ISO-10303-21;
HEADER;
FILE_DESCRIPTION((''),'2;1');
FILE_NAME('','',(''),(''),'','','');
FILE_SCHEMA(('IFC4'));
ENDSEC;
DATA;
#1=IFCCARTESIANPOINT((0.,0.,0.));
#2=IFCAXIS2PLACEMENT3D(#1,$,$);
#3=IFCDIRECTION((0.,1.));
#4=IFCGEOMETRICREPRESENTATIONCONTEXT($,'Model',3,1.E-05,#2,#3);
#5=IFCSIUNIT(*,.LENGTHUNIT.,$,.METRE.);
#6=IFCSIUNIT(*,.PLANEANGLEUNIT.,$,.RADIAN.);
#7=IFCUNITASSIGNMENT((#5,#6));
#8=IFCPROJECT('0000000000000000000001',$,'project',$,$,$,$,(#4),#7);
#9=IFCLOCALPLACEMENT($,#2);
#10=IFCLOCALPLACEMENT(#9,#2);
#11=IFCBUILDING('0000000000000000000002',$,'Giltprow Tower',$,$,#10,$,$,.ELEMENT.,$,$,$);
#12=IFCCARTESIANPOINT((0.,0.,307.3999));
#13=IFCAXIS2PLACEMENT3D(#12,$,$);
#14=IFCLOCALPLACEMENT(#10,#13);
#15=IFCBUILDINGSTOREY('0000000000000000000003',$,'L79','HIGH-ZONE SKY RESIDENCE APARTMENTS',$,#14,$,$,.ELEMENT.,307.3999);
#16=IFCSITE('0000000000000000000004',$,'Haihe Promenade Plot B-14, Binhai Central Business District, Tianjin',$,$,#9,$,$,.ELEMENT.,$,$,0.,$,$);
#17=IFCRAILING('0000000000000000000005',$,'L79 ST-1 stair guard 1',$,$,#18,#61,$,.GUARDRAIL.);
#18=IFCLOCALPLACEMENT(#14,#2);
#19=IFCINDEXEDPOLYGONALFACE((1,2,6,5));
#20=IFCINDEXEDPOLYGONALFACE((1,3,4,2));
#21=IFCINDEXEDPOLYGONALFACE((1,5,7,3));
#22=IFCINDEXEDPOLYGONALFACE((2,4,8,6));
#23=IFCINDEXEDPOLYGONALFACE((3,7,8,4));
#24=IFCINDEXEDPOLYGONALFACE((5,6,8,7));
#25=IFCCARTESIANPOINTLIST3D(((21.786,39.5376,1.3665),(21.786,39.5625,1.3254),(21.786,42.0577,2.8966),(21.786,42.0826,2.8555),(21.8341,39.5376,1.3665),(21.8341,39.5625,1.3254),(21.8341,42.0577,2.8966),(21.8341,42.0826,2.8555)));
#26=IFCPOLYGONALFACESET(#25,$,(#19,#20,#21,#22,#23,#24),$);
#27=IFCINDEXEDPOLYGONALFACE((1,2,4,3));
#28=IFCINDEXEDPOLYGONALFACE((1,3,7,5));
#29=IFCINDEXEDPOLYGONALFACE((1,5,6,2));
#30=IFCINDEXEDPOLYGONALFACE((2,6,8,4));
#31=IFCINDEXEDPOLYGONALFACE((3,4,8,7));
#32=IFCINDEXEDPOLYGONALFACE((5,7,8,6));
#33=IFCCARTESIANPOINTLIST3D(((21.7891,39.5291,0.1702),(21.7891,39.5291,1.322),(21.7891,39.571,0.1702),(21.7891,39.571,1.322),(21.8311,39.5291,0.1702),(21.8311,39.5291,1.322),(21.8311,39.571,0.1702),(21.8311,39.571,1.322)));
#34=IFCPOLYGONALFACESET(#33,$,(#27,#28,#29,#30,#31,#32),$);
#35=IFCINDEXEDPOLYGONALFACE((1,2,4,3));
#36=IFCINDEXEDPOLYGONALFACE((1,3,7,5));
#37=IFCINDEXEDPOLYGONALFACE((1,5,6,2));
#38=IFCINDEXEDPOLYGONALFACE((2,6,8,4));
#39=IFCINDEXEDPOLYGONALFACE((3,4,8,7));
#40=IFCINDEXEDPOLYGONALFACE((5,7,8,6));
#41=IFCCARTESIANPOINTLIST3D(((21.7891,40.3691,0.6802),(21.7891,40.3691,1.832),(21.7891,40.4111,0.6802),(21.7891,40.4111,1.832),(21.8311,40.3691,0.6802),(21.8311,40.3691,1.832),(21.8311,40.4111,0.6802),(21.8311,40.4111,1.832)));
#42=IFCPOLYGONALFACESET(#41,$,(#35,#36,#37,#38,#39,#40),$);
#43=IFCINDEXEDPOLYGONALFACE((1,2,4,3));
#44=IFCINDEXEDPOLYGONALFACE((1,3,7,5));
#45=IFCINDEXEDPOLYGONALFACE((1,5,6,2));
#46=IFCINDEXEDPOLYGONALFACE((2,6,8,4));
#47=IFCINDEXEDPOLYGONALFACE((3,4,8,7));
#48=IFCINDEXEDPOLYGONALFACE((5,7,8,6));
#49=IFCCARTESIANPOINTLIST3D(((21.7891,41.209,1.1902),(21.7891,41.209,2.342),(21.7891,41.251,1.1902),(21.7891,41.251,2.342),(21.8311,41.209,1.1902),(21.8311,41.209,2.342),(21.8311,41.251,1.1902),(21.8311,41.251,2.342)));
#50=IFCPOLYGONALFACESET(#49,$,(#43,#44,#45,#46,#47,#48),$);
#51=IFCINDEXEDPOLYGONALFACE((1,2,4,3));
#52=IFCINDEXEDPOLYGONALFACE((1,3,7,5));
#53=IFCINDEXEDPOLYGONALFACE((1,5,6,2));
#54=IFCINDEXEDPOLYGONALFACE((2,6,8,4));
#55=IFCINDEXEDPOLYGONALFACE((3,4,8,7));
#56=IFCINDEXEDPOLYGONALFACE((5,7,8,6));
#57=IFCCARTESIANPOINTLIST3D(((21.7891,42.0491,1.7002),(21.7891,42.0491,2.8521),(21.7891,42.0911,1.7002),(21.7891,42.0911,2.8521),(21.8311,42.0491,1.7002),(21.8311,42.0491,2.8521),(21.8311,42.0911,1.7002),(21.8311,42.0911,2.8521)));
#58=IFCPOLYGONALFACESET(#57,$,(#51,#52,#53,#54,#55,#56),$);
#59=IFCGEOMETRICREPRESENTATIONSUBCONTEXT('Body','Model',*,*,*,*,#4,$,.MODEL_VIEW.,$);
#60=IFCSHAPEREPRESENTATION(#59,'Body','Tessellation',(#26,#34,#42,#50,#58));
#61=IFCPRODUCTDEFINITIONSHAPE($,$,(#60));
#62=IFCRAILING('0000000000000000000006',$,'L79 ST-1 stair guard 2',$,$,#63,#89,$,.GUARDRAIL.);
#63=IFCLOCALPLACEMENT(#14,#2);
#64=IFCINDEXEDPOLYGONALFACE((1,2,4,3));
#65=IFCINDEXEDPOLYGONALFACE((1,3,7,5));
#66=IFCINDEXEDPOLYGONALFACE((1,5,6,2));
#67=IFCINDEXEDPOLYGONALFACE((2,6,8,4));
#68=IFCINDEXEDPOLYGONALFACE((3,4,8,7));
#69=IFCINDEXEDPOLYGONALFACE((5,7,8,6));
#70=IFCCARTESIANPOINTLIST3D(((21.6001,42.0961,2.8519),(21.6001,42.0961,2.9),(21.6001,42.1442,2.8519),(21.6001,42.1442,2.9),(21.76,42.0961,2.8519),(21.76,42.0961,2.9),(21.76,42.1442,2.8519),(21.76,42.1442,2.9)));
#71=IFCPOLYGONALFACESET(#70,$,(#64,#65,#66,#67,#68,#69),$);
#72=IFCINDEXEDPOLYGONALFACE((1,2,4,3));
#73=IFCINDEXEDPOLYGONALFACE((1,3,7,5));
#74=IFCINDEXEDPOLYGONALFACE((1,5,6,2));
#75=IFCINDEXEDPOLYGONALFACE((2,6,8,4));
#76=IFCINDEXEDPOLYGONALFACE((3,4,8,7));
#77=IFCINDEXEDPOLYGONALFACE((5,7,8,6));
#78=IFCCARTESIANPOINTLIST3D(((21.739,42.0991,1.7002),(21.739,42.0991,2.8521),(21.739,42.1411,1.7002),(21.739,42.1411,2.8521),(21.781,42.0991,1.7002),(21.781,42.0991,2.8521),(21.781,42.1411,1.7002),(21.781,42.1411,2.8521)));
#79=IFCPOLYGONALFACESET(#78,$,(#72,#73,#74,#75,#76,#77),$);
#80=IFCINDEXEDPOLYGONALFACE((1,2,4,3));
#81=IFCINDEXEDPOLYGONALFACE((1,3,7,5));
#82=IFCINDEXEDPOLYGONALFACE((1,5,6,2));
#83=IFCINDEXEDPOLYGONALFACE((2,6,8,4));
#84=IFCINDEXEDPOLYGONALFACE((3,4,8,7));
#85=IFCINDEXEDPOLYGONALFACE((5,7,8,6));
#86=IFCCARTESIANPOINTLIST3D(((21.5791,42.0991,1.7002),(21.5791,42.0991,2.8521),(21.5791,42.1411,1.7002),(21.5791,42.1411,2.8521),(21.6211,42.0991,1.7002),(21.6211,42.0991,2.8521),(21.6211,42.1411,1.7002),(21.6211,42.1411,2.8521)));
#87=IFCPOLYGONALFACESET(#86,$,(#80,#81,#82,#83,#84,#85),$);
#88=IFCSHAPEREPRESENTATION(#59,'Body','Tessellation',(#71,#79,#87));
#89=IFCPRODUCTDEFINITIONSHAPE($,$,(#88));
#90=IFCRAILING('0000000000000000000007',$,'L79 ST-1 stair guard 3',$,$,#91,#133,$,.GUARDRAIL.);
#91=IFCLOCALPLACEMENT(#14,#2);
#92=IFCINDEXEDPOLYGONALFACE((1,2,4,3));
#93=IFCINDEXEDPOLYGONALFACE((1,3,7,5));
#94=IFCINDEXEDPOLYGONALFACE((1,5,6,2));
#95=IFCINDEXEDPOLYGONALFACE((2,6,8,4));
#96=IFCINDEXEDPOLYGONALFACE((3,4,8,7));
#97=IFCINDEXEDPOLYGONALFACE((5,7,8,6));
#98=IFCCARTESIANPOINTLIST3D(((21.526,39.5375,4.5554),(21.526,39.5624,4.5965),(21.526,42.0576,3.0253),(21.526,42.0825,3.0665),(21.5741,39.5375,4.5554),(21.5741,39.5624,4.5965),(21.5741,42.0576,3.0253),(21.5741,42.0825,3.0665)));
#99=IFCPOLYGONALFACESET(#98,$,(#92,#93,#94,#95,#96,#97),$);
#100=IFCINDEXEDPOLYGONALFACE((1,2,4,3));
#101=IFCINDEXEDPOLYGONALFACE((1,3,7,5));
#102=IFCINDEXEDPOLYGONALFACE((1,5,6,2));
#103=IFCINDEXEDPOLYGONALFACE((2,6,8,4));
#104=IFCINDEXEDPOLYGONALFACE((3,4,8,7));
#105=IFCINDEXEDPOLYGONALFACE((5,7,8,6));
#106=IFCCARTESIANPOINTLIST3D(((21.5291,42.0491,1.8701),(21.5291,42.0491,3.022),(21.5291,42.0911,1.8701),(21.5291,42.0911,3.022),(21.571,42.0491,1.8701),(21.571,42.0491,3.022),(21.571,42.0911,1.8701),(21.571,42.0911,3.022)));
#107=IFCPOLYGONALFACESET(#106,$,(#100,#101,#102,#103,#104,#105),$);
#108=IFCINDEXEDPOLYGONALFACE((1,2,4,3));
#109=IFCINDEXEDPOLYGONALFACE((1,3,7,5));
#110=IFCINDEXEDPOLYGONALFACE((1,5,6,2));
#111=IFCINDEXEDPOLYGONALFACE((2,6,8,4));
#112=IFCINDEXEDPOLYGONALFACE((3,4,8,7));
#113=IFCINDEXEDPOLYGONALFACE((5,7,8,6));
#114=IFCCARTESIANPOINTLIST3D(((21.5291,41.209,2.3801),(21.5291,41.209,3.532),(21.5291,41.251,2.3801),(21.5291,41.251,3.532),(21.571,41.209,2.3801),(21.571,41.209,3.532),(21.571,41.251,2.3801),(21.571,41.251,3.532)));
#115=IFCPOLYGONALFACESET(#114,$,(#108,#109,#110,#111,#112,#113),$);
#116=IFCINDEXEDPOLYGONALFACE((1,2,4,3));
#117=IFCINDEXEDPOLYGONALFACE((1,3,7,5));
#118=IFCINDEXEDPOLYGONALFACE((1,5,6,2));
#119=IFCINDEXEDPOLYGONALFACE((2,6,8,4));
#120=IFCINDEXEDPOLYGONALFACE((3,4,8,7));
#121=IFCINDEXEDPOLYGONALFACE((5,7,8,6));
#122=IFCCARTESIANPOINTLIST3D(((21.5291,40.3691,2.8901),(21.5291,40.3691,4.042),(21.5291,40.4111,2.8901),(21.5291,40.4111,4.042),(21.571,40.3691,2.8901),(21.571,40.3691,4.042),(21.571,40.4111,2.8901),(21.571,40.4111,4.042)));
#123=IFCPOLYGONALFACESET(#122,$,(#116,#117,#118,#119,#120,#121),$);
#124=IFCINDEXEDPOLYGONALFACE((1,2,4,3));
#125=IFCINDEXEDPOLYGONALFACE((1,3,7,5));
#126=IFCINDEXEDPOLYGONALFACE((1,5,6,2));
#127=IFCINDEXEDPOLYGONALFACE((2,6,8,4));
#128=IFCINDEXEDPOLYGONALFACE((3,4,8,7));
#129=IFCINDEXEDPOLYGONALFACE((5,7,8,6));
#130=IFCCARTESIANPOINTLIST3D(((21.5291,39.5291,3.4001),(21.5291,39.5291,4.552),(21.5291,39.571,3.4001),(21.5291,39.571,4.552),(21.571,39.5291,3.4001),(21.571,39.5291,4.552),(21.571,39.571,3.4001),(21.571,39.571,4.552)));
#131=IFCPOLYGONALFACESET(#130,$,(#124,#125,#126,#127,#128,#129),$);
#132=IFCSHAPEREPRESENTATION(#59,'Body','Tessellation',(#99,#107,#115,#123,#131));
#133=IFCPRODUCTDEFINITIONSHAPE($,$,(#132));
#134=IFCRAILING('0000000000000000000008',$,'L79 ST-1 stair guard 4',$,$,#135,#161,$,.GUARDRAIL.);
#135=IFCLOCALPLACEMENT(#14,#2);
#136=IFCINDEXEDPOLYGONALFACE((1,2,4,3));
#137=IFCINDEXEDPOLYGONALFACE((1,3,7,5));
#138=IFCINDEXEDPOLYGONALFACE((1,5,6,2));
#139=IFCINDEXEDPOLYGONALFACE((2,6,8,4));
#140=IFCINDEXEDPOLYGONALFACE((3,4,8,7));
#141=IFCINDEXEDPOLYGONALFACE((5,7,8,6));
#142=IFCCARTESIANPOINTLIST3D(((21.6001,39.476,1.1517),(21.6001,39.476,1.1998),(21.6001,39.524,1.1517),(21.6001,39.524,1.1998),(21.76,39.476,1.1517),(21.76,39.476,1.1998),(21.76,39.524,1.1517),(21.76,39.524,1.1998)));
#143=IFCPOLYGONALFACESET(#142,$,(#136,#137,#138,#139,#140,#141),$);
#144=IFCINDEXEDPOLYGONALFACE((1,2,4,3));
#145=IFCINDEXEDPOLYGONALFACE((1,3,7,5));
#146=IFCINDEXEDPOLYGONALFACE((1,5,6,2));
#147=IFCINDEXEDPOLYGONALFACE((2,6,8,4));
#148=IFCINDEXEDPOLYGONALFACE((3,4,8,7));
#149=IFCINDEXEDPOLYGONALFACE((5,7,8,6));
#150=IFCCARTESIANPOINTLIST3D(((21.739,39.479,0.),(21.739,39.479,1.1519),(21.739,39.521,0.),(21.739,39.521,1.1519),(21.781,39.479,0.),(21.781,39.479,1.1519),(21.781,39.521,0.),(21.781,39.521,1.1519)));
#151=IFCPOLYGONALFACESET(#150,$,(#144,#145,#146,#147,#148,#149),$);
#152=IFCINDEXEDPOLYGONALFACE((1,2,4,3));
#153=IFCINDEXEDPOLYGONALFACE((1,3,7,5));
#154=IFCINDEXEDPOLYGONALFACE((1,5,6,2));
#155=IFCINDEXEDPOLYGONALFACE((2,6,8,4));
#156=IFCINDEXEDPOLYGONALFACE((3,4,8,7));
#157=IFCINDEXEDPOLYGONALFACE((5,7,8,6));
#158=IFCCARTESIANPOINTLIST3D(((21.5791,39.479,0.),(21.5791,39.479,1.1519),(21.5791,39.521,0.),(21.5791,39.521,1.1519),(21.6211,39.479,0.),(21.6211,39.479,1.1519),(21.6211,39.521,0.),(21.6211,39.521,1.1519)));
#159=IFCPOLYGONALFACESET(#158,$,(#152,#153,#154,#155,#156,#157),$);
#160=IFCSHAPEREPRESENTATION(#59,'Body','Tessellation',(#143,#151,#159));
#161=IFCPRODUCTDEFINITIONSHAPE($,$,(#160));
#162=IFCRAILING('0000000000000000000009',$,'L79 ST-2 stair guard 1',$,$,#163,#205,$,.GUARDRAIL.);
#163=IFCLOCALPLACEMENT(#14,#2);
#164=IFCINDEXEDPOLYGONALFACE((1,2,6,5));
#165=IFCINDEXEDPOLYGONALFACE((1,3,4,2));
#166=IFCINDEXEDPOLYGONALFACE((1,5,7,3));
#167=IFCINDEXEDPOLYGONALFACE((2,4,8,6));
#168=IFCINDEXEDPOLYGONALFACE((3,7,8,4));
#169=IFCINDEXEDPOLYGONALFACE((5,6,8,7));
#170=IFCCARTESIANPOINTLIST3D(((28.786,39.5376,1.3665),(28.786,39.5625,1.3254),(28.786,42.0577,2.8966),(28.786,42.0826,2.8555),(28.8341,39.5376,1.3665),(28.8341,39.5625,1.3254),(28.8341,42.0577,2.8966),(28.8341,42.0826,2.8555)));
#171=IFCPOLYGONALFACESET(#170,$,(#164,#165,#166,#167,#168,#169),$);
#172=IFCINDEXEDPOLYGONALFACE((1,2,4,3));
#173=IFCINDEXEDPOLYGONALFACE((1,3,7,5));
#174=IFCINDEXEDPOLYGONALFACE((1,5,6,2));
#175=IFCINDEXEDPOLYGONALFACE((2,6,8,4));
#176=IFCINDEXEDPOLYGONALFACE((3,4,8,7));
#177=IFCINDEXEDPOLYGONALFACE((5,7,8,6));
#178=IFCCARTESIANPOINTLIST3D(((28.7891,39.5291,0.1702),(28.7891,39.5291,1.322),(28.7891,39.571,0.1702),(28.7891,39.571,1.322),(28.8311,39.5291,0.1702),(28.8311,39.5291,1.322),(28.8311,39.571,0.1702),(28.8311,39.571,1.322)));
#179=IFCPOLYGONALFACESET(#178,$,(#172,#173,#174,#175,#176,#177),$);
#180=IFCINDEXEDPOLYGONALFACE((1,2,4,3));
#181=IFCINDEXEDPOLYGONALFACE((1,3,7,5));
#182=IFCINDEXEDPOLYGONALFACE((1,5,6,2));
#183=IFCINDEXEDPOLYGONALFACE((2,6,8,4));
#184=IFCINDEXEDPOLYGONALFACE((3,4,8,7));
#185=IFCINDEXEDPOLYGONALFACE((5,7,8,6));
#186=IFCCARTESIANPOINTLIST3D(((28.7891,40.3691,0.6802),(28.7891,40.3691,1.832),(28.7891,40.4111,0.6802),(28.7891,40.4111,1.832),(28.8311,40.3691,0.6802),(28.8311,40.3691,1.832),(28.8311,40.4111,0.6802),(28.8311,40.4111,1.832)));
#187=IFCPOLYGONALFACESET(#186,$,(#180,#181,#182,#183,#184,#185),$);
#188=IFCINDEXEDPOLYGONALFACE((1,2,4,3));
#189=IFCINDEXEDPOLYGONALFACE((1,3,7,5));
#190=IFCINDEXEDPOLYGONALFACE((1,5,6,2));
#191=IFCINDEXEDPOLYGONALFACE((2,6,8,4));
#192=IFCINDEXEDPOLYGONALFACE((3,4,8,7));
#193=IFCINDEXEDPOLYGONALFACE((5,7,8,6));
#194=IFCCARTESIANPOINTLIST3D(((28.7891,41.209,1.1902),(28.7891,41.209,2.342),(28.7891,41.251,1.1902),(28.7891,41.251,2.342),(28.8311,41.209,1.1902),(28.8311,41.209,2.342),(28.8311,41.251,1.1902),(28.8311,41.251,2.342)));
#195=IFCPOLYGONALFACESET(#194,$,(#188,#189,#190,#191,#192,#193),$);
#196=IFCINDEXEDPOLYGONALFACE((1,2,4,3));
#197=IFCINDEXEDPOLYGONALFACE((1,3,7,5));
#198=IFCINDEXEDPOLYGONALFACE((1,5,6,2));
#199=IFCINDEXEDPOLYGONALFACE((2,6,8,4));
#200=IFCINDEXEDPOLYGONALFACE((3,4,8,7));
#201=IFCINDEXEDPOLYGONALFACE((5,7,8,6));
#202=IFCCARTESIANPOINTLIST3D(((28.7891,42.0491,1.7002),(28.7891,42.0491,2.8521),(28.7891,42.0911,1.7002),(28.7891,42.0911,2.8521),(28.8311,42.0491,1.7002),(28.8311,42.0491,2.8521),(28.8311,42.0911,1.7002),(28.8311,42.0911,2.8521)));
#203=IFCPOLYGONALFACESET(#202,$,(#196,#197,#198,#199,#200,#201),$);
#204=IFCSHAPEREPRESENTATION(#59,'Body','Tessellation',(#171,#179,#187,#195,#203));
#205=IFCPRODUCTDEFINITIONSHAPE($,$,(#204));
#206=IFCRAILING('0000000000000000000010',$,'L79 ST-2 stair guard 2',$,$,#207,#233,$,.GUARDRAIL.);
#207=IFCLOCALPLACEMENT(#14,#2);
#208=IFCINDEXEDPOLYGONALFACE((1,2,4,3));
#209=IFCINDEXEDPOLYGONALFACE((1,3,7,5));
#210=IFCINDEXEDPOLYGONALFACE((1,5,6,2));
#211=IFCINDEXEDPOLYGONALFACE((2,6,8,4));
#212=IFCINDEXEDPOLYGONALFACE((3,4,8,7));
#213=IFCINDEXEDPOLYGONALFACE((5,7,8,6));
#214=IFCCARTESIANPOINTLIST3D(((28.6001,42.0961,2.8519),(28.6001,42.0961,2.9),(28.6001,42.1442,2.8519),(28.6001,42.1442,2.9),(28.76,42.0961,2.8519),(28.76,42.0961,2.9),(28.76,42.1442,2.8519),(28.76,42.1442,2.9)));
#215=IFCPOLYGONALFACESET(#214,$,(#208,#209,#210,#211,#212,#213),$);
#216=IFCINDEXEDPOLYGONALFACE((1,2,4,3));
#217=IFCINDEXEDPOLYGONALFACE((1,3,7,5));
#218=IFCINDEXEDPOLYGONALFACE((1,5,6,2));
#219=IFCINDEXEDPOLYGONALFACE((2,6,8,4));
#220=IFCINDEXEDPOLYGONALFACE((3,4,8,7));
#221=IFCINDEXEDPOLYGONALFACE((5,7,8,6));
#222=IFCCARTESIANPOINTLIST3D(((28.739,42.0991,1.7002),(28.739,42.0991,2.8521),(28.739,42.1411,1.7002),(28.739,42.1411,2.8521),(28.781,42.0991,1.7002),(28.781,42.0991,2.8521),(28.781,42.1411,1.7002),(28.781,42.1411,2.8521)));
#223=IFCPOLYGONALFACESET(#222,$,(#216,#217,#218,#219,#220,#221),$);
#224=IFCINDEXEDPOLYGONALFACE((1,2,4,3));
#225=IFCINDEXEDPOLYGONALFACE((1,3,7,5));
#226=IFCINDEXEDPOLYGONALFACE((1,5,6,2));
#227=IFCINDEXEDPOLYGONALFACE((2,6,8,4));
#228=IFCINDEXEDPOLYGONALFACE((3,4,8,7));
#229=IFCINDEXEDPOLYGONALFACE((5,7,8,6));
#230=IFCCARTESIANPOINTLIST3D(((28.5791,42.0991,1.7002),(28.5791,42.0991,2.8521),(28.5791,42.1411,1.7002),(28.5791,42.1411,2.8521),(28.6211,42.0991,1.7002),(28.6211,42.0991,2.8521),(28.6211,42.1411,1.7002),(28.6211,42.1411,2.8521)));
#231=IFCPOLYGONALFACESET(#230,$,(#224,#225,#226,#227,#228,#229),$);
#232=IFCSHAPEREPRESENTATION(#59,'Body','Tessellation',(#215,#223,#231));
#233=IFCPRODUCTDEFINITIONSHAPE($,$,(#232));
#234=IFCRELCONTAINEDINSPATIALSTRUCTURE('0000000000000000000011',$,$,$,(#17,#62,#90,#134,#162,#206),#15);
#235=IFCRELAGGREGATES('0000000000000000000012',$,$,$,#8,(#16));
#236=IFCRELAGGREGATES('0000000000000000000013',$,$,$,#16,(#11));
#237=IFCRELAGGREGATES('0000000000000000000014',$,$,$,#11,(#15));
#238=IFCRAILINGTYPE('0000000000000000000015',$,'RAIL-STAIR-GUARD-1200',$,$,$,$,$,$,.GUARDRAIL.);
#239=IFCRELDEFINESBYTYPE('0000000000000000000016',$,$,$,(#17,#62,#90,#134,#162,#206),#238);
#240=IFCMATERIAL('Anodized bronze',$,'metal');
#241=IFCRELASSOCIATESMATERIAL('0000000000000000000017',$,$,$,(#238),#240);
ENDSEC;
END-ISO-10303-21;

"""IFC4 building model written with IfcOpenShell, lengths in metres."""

from ifc_helpers import new_model, si_unit, direction, frame, origin, origin_2d, place, context, subcontext, project, spatial, rectangle, extrude, material, type_object, element, save


model = new_model("IFC4")

# Units and contexts
model_context = context("Model", 3, precision=1e-05, world=origin(), true_north=direction((0.0, 1.0)))
body_context = subcontext(model_context, "Body", "Model", "MODEL_VIEW")
ifc_project = project(units=[si_unit("LENGTHUNIT", "METRE"), si_unit("PLANEANGLEUNIT", "RADIAN")], contexts=[model_context])

# Site, building, storey
site_placement = place(None, origin())
site = spatial("IfcSite", under=ifc_project, at=site_placement, Name="Haihe Promenade Plot B-14, Binhai Central Business District, Tianjin", CompositionType="ELEMENT", RefElevation=0.0)
building_placement = place(site_placement, origin())
building = spatial("IfcBuilding", under=site, at=building_placement, Name="Giltprow Tower", CompositionType="ELEMENT")
storey_placement = place(building_placement, frame((0.0, 0.0, 307.3999)))
storey = spatial("IfcBuildingStorey", under=building, at=storey_placement, Name="L79", Description="HIGH-ZONE SKY RESIDENCE APARTMENTS", CompositionType="ELEMENT", Elevation=307.3999)

# Railings
ifc_material_1 = material(Name="Anodized bronze", Category="metal")
railing_type_1 = type_object("IfcRailingType", Name="RAIL-STAIR-GUARD-1200", PredefinedType="GUARDRAIL", material=ifc_material_1)
railing_1_placement = place(storey_placement, frame((21.8101, 39.55, 0.1702)))
element("IfcRailing", 1, at=railing_1_placement, inside=storey, type_object=railing_type_1, Name="L79 ST-1 stair guard 1", PredefinedType="GUARDRAIL", context=body_context, shape_type="SweptSolid", body=[
    extrude(rectangle(XDim=0.0481, YDim=0.0481, at=origin_2d()), frame((0.0, 0.0, 1.1758), z_axis=(0.0, 0.854785, 0.518982), x_axis=(-1.0, 0.0, 0.0)), (0.0, 0.0, 1.0), 2.9482),
    extrude(rectangle(XDim=0.042, YDim=0.042, at=origin_2d()), origin(), (0.0, 0.0, 1.0), 1.1519),
    extrude(rectangle(XDim=0.042, YDim=0.042, at=origin_2d()), frame((0.0, 0.8401, 0.51)), (0.0, 0.0, 1.0), 1.1519),
    extrude(rectangle(XDim=0.042, YDim=0.042, at=origin_2d()), frame((0.0, 1.6799, 1.02)), (0.0, 0.0, 1.0), 1.1519),
    extrude(rectangle(XDim=0.042, YDim=0.042, at=origin_2d()), frame((0.0, 2.52, 1.53)), (0.0, 0.0, 1.0), 1.1519),
])
railing_2_placement = place(storey_placement, frame((21.76, 42.1201, 1.7002)))
element("IfcRailing", 2, at=railing_2_placement, inside=storey, type_object=railing_type_1, Name="L79 ST-1 stair guard 2", PredefinedType="GUARDRAIL", context=body_context, shape_type="SweptSolid", body=[
    extrude(rectangle(XDim=0.0481, YDim=0.0481, at=origin_2d()), frame((0.0, 0.0, 1.1758), z_axis=(-1.0, 0.0, 0.0), x_axis=(0.0, -1.0, 0.0)), (0.0, 0.0, 1.0), 0.1599),
    extrude(rectangle(XDim=0.042, YDim=0.042, at=origin_2d()), origin(), (0.0, 0.0, 1.0), 1.1519),
    extrude(rectangle(XDim=0.042, YDim=0.042, at=origin_2d()), frame((-0.1599, 0.0, 0.0)), (0.0, 0.0, 1.0), 1.1519),
])
railing_3_placement = place(storey_placement, frame((21.55, 42.0701, 1.8701)))
element("IfcRailing", 3, at=railing_3_placement, inside=storey, type_object=railing_type_1, Name="L79 ST-1 stair guard 3", PredefinedType="GUARDRAIL", context=body_context, shape_type="SweptSolid", body=[
    extrude(rectangle(XDim=0.0481, YDim=0.0481, at=origin_2d()), frame((0.0, 0.0, 1.1758), z_axis=(0.0, -0.854785, 0.518982), x_axis=(1.0, 0.0, 0.0)), (0.0, 0.0, 1.0), 2.9482),
    extrude(rectangle(XDim=0.042, YDim=0.042, at=origin_2d()), origin(), (0.0, 0.0, 1.0), 1.1519),
    extrude(rectangle(XDim=0.042, YDim=0.042, at=origin_2d()), frame((0.0, -0.8401, 0.51)), (0.0, 0.0, 1.0), 1.1519),
    extrude(rectangle(XDim=0.042, YDim=0.042, at=origin_2d()), frame((0.0, -1.6799, 1.02)), (0.0, 0.0, 1.0), 1.1519),
    extrude(rectangle(XDim=0.042, YDim=0.042, at=origin_2d()), frame((0.0, -2.52, 1.53)), (0.0, 0.0, 1.0), 1.1519),
])
railing_4_placement = place(storey_placement, frame((21.76, 39.5, 0.0)))
element("IfcRailing", 4, at=railing_4_placement, inside=storey, type_object=railing_type_1, Name="L79 ST-1 stair guard 4", PredefinedType="GUARDRAIL", context=body_context, shape_type="SweptSolid", body=[
    extrude(rectangle(XDim=0.0481, YDim=0.0481, at=origin_2d()), frame((0.0, 0.0, 1.1758), z_axis=(-1.0, 0.0, 0.0), x_axis=(0.0, -1.0, 0.0)), (0.0, 0.0, 1.0), 0.1599),
    extrude(rectangle(XDim=0.042, YDim=0.042, at=origin_2d()), origin(), (0.0, 0.0, 1.0), 1.1519),
    extrude(rectangle(XDim=0.042, YDim=0.042, at=origin_2d()), frame((-0.1599, 0.0, 0.0)), (0.0, 0.0, 1.0), 1.1519),
])
railing_5_placement = place(storey_placement, frame((28.8101, 39.55, 0.1702)))
element("IfcRailing", 5, at=railing_5_placement, inside=storey, type_object=railing_type_1, Name="L79 ST-2 stair guard 1", PredefinedType="GUARDRAIL", context=body_context, shape_type="SweptSolid", body=[
    extrude(rectangle(XDim=0.0481, YDim=0.0481, at=origin_2d()), frame((0.0, 0.0, 1.1758), z_axis=(0.0, 0.854785, 0.518982), x_axis=(-1.0, 0.0, 0.0)), (0.0, 0.0, 1.0), 2.9482),
    extrude(rectangle(XDim=0.042, YDim=0.042, at=origin_2d()), origin(), (0.0, 0.0, 1.0), 1.1519),
    extrude(rectangle(XDim=0.042, YDim=0.042, at=origin_2d()), frame((0.0, 0.8401, 0.51)), (0.0, 0.0, 1.0), 1.1519),
    extrude(rectangle(XDim=0.042, YDim=0.042, at=origin_2d()), frame((0.0, 1.6799, 1.02)), (0.0, 0.0, 1.0), 1.1519),
    extrude(rectangle(XDim=0.042, YDim=0.042, at=origin_2d()), frame((0.0, 2.52, 1.53)), (0.0, 0.0, 1.0), 1.1519),
])
railing_6_placement = place(storey_placement, frame((28.76, 42.1201, 1.7002)))
element("IfcRailing", 6, at=railing_6_placement, inside=storey, type_object=railing_type_1, Name="L79 ST-2 stair guard 2", PredefinedType="GUARDRAIL", context=body_context, shape_type="SweptSolid", body=[
    extrude(rectangle(XDim=0.0481, YDim=0.0481, at=origin_2d()), frame((0.0, 0.0, 1.1758), z_axis=(-1.0, 0.0, 0.0), x_axis=(0.0, -1.0, 0.0)), (0.0, 0.0, 1.0), 0.1599),
    extrude(rectangle(XDim=0.042, YDim=0.042, at=origin_2d()), origin(), (0.0, 0.0, 1.0), 1.1519),
    extrude(rectangle(XDim=0.042, YDim=0.042, at=origin_2d()), frame((-0.1599, 0.0, 0.0)), (0.0, 0.0, 1.0), 1.1519),
])

save(model, "model.ifc")
